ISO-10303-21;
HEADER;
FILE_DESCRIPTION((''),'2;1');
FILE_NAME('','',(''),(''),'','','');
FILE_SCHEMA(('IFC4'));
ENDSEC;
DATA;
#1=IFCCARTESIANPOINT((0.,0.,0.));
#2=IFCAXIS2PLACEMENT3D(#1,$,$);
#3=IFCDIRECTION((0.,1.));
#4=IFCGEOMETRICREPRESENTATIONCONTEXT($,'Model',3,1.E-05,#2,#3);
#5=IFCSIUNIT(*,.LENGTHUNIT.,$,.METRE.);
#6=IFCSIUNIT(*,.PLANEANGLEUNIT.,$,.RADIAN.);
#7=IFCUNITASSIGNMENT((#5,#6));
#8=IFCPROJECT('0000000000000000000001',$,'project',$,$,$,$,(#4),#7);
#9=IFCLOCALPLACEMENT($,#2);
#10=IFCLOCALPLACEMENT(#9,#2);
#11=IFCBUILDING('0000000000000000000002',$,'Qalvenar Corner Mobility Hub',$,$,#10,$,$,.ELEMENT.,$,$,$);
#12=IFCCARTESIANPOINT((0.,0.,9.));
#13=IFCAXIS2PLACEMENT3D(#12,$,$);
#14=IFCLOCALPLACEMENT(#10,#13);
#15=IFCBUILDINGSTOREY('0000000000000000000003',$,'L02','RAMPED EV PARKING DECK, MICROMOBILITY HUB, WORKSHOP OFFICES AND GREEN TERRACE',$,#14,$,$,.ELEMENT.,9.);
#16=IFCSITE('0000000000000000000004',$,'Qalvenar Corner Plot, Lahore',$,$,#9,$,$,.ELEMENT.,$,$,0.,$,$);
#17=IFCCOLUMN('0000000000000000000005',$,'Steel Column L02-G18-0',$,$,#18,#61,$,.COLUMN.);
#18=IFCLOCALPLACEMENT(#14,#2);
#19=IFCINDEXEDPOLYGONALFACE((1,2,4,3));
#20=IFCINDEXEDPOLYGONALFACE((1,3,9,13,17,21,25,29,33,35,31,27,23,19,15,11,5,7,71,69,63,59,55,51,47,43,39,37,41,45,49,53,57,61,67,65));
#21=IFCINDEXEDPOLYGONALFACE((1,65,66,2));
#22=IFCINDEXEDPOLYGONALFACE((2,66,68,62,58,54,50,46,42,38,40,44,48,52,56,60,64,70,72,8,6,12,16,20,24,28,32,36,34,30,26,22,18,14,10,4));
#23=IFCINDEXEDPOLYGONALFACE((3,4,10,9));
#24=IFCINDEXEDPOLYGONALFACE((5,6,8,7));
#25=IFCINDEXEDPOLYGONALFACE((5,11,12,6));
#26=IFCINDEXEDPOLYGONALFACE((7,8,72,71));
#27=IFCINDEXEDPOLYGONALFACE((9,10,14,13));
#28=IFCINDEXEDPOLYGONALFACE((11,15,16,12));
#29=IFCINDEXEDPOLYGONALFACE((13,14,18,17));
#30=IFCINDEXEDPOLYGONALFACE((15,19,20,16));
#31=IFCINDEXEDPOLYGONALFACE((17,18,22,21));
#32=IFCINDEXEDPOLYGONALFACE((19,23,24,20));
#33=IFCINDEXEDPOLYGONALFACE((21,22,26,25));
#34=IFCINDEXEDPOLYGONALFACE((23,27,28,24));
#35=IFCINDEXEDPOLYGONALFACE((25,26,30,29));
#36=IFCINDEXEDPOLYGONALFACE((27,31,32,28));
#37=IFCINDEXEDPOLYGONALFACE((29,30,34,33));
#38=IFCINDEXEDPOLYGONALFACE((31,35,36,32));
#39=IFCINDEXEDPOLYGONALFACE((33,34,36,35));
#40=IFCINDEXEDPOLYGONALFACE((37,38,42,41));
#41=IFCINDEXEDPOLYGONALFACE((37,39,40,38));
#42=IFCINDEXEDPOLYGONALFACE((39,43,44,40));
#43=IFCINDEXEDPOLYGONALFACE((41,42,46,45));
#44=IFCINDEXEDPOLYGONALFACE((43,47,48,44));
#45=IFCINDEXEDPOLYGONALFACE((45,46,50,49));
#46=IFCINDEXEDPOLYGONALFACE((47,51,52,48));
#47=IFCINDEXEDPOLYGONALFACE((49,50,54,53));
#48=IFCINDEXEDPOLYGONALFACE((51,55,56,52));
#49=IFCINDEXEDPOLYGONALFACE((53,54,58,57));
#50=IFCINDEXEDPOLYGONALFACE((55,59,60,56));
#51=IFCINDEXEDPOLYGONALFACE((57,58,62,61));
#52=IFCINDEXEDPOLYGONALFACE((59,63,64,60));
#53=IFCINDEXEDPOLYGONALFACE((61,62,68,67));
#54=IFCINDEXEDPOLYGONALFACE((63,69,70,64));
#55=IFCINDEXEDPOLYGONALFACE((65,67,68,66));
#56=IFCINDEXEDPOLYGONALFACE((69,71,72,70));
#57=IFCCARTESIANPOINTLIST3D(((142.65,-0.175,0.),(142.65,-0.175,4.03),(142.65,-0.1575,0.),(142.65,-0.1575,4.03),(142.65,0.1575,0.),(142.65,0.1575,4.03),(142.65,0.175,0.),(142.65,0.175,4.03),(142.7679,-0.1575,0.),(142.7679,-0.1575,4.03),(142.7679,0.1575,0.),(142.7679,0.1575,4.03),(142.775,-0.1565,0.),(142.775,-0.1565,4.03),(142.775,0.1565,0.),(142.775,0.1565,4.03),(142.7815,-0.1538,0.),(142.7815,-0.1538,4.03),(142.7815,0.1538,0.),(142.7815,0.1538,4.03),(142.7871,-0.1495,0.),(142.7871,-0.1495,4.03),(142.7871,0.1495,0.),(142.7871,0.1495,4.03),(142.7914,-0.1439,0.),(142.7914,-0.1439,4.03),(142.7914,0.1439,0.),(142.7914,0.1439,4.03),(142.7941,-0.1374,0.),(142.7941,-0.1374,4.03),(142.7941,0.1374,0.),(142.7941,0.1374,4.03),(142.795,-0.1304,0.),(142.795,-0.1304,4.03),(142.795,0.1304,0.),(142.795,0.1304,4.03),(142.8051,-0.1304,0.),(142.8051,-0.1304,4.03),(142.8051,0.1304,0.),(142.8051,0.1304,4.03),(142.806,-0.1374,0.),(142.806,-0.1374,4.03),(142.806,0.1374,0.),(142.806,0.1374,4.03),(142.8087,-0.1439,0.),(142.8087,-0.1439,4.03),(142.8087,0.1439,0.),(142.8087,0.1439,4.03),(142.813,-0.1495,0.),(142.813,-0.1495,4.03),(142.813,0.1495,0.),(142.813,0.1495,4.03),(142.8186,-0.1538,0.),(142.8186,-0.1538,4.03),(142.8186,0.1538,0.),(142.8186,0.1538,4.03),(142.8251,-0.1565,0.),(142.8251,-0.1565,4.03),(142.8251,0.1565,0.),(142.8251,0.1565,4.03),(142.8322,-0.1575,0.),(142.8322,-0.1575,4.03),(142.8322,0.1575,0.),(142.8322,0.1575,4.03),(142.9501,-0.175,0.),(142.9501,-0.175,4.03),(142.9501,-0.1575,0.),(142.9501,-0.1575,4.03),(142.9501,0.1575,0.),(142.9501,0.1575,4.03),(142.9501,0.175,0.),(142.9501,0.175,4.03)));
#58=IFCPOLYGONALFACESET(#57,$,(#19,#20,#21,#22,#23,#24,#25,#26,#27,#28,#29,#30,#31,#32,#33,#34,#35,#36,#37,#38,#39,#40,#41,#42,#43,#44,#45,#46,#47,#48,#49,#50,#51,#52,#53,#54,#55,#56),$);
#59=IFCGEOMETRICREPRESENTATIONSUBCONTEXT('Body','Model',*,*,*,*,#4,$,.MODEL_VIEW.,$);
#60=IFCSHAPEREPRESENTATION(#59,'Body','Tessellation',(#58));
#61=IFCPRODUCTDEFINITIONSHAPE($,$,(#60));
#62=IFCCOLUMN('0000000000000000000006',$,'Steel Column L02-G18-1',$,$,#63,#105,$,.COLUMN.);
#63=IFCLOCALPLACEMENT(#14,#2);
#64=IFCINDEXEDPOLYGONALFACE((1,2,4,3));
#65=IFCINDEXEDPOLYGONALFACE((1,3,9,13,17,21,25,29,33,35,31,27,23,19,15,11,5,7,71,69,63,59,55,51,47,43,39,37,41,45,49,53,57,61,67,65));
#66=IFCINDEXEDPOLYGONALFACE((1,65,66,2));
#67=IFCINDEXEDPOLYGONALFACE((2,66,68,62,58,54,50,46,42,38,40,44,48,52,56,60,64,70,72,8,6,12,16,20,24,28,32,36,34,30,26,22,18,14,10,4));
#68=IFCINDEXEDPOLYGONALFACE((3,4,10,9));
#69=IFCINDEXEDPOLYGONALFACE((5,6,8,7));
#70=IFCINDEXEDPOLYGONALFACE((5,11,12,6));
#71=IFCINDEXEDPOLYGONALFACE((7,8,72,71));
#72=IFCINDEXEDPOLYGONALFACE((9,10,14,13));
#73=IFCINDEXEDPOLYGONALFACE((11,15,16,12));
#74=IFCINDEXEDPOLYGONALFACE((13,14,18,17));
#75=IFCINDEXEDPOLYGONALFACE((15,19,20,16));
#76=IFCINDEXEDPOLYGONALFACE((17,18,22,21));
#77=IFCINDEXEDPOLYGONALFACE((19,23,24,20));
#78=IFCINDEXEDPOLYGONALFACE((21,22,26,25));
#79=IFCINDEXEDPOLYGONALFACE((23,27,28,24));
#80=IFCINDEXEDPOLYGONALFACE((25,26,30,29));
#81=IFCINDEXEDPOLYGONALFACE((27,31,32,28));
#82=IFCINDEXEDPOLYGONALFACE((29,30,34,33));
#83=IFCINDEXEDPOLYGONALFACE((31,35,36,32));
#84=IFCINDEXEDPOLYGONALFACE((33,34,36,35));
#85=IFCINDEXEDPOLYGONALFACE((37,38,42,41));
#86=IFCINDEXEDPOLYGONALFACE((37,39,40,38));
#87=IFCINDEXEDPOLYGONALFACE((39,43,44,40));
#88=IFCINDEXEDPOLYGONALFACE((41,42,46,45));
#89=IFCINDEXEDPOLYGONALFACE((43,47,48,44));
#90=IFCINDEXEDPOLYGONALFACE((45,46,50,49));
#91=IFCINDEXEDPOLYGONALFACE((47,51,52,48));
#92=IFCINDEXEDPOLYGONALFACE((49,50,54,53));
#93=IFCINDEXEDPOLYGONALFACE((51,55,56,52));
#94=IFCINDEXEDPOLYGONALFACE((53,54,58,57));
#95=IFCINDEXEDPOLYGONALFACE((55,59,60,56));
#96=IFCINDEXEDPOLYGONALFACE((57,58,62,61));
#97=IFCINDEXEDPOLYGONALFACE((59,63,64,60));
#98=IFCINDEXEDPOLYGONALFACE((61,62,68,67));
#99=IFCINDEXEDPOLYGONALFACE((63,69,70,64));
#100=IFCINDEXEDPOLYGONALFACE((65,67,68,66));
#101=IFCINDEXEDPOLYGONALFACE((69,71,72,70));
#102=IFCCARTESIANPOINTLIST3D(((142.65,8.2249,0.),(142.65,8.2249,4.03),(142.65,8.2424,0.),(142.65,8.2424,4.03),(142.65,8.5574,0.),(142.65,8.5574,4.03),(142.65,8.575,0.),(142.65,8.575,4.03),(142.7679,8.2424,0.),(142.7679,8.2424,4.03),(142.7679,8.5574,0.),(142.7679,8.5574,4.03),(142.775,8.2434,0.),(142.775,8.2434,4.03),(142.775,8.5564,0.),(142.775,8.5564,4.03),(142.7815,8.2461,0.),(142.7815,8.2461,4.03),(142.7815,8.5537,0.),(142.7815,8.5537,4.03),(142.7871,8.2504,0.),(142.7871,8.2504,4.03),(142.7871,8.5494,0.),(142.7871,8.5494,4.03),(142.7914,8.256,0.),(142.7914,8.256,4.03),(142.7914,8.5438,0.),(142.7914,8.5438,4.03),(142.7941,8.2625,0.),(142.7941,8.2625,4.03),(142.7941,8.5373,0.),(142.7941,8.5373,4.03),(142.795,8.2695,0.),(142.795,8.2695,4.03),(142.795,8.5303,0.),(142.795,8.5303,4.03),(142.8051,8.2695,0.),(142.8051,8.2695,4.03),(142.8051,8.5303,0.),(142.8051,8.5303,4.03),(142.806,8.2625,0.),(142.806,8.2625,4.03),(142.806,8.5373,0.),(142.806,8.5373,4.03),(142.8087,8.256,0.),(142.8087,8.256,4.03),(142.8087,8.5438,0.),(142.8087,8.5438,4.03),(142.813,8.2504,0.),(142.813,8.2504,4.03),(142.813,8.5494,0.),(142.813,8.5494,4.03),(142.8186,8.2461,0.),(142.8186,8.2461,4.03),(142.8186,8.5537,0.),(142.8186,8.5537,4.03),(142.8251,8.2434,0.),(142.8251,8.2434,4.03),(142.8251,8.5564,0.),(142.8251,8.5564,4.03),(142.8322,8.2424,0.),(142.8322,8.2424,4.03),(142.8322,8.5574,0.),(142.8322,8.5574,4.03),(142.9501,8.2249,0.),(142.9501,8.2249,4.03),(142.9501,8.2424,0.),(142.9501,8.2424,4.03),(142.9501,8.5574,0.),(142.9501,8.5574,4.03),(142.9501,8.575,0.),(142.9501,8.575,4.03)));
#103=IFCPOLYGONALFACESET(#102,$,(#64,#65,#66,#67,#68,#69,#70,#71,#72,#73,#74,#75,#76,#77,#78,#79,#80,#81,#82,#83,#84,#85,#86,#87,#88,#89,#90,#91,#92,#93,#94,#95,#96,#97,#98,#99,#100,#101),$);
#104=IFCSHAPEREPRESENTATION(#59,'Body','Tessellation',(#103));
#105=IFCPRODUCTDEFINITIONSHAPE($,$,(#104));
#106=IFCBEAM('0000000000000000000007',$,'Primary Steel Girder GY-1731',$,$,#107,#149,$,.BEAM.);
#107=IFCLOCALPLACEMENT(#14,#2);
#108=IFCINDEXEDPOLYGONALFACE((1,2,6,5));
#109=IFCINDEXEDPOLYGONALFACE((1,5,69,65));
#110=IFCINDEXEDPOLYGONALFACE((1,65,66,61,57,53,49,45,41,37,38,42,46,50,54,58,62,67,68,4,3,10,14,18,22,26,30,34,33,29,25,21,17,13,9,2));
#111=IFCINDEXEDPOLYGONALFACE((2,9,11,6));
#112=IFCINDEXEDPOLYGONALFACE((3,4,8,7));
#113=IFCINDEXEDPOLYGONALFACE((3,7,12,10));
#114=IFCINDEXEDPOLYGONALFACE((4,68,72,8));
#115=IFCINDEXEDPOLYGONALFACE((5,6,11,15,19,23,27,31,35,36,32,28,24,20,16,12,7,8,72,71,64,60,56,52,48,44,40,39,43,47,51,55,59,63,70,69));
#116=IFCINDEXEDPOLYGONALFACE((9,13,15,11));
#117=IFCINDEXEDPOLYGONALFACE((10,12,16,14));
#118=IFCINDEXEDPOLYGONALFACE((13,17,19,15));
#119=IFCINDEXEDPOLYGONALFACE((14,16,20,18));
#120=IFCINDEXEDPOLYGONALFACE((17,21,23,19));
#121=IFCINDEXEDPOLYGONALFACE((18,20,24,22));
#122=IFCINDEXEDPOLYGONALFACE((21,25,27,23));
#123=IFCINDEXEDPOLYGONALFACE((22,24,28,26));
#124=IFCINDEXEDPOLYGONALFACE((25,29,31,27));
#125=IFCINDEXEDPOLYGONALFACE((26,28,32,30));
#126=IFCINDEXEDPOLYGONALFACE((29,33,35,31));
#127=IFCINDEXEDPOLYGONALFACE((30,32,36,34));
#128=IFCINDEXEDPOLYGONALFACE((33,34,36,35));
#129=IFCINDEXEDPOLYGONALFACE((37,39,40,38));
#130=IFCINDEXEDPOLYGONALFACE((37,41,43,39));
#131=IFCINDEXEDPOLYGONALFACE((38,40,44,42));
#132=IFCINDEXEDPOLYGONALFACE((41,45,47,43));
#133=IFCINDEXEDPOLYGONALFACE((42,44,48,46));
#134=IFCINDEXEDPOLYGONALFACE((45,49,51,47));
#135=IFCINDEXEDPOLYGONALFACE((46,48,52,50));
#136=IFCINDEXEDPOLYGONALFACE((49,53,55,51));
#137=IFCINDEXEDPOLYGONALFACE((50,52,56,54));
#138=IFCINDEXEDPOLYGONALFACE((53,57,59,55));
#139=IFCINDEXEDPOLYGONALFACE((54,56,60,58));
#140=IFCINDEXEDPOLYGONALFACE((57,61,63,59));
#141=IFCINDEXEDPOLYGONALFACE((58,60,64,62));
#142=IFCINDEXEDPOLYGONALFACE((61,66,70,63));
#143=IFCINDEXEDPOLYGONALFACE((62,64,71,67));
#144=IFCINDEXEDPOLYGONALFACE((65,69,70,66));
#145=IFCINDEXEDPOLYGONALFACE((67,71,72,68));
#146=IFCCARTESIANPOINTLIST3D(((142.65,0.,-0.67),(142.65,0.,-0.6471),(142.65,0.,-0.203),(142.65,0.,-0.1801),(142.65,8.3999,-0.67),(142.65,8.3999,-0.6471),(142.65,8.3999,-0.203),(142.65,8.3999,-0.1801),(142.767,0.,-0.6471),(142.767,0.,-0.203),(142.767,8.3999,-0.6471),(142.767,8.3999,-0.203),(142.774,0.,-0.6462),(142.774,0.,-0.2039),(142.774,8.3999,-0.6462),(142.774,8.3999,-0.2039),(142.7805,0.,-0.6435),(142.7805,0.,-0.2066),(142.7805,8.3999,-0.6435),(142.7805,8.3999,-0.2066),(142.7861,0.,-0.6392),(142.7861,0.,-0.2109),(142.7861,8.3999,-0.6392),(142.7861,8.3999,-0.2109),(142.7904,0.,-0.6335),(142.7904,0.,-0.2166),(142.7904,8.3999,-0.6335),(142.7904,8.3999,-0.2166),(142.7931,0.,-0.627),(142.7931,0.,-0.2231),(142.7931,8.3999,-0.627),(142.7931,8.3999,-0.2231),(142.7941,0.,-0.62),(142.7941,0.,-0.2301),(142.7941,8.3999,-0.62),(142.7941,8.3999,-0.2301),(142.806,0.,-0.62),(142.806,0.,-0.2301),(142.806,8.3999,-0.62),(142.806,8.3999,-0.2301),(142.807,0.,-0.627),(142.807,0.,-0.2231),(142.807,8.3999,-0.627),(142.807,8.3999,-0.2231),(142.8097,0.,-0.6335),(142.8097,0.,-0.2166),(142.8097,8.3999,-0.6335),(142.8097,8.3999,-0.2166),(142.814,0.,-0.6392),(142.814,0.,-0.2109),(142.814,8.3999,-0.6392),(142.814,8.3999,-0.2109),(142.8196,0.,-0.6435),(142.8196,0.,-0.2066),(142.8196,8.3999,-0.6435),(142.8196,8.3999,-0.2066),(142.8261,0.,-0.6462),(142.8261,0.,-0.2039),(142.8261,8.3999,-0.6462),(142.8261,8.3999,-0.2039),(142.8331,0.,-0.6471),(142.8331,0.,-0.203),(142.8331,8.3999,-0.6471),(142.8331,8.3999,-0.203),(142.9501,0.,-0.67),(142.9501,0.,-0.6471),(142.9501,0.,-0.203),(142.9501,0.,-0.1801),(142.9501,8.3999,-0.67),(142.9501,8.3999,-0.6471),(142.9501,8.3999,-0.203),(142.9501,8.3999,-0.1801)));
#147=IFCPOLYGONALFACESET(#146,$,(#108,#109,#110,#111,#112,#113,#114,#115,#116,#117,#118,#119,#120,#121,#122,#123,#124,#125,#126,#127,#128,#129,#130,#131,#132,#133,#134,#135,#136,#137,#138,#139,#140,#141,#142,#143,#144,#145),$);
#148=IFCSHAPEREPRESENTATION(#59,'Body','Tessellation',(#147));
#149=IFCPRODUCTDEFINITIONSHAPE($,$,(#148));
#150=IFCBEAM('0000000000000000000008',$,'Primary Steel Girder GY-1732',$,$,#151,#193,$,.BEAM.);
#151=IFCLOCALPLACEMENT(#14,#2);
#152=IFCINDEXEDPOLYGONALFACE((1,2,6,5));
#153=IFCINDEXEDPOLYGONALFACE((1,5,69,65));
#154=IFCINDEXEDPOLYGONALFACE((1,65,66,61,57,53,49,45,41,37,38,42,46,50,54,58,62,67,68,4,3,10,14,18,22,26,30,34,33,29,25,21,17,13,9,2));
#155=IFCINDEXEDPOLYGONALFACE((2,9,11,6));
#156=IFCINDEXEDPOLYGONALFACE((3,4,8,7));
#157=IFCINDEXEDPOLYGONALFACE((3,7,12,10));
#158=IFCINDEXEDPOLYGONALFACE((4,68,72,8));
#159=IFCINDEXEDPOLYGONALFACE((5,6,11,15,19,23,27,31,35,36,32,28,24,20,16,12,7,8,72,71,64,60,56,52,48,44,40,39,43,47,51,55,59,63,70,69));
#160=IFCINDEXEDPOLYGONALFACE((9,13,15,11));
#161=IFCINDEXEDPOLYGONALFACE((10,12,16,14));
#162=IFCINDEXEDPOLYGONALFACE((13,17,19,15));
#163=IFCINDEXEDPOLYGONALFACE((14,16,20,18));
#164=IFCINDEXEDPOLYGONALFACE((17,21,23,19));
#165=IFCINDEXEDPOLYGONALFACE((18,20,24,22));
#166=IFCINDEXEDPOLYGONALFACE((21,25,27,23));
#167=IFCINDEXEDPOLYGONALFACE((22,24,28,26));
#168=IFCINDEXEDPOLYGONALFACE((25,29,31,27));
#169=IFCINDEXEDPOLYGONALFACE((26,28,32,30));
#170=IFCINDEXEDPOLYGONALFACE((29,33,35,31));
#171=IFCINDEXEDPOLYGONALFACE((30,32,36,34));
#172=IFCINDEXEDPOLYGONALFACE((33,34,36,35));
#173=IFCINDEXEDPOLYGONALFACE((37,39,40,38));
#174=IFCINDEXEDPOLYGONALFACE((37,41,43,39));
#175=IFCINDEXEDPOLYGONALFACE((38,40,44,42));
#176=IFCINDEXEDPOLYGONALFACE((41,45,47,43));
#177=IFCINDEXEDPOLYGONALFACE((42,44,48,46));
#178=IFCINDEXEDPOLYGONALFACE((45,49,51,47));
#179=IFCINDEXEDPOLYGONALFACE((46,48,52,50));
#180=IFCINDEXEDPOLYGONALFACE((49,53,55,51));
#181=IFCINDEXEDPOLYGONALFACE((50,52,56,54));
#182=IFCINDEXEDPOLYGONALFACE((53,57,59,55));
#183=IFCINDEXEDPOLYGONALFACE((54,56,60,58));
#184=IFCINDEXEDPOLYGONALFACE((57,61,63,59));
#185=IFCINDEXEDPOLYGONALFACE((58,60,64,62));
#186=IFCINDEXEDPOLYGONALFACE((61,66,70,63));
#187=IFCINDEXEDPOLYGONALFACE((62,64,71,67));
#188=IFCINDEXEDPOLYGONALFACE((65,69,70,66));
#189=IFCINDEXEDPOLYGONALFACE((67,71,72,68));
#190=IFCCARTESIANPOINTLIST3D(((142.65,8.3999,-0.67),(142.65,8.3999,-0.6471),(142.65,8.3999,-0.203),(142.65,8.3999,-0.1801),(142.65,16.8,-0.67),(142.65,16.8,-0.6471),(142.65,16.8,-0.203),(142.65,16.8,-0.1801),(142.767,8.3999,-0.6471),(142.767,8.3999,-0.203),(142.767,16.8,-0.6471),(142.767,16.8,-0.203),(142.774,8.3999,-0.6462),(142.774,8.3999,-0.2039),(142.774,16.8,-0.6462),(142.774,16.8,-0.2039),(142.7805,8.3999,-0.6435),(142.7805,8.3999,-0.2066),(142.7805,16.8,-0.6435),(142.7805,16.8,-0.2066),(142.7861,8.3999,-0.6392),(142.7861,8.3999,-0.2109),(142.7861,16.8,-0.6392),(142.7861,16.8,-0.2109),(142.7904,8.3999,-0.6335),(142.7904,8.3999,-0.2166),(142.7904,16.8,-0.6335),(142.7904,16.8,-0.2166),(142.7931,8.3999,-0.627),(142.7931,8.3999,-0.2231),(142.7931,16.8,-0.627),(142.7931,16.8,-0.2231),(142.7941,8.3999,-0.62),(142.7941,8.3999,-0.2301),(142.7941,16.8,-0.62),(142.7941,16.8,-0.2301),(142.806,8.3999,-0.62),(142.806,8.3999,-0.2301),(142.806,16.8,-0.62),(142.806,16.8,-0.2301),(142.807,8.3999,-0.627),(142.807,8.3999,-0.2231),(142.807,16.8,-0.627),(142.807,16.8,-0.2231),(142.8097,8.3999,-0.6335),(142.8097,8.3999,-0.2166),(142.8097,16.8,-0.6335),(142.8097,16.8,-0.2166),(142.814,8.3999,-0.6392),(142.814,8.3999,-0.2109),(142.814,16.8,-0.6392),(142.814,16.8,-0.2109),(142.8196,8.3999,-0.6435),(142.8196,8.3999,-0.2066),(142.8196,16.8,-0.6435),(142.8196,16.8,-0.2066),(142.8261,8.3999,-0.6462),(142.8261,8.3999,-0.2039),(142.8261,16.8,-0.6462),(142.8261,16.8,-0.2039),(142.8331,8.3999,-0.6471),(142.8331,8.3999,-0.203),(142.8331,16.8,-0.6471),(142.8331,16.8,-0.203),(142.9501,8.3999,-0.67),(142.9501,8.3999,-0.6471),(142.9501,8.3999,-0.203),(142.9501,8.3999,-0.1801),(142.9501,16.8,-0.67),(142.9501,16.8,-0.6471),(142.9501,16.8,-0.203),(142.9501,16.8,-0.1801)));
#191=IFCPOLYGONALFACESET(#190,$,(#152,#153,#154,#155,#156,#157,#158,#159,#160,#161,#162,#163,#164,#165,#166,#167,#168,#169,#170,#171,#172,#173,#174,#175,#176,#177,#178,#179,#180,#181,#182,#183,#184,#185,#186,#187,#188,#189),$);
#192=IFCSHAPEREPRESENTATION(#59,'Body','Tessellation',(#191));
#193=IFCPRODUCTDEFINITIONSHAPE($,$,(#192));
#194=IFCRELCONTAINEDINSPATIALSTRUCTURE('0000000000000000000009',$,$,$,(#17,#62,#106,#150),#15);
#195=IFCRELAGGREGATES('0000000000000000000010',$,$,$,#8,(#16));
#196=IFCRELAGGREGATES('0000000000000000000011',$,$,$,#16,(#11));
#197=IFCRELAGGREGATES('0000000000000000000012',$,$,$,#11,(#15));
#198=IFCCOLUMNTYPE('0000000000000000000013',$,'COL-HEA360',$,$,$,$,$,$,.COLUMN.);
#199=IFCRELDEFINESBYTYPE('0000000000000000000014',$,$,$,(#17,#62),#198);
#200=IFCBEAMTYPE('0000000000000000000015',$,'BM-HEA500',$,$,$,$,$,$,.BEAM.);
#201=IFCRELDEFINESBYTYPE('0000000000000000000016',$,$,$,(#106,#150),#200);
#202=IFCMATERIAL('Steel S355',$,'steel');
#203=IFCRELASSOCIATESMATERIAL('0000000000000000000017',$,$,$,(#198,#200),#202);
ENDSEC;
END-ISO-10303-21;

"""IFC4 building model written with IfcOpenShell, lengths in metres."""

from ifc_helpers import new_model, si_unit, direction, frame, origin, origin_2d, place, context, subcontext, project, spatial, i_section, extrude, material, material_profile, profile_set, type_object, element, save


model = new_model("IFC4")

# Units and contexts
model_context = context("Model", 3, precision=1e-05, world=origin(), true_north=direction((0.0, 1.0)))
body_context = subcontext(model_context, "Body", "Model", "MODEL_VIEW")
ifc_project = project(units=[si_unit("LENGTHUNIT", "METRE"), si_unit("PLANEANGLEUNIT", "RADIAN")], contexts=[model_context])

# Site, building, storey
site_placement = place(None, origin())
site = spatial("IfcSite", under=ifc_project, at=site_placement, Name="Qalvenar Corner Plot, Lahore", CompositionType="ELEMENT", RefElevation=0.0)
building_placement = place(site_placement, origin())
building = spatial("IfcBuilding", under=site, at=building_placement, Name="Qalvenar Corner Mobility Hub", CompositionType="ELEMENT")
storey_placement = place(building_placement, frame((0.0, 0.0, 9.0)))
storey = spatial("IfcBuildingStorey", under=building, at=storey_placement, Name="L02", Description="RAMPED EV PARKING DECK, MICROMOBILITY HUB, WORKSHOP OFFICES AND GREEN TERRACE", CompositionType="ELEMENT", Elevation=9.0)

# Columns
ifc_material_1 = material(Name="Steel S355", Category="steel")
ifc_material_profile_1 = material_profile(ifc_material_1, i_section(OverallWidth=0.3, OverallDepth=0.3501, WebThickness=0.01, FlangeThickness=0.0176, FilletRadius=0.0271, at=origin_2d()), Name="HEA360")
ifc_profile_set_1 = profile_set([ifc_material_profile_1], Name="Steel S355")
column_type = type_object("IfcColumnType", Name="COL-HEA360", PredefinedType="COLUMN", material=ifc_profile_set_1)
for number, where, z_axis, x_axis, name in (
    (1, (142.8, 0.0, 0.0), (0.0, 0.0, 1.0), (1.0, 0.0, 0.0), "Steel Column L02-G18-0"),
    (2, (142.8, 8.3999, 0.0), (0.0, 0.0, 1.0), (1.0, 0.0, 0.0), "Steel Column L02-G18-1"),
):
    element("IfcColumn", number, at=place(storey_placement, frame(where, z_axis=z_axis, x_axis=x_axis)), inside=storey, type_object=column_type, Name=name, PredefinedType="COLUMN", context=body_context, shape_type="SweptSolid", body=[
        extrude(i_section(OverallWidth=0.3, OverallDepth=0.3501, WebThickness=0.01, FlangeThickness=0.0176, FilletRadius=0.0271, at=origin_2d()), origin(), (0.0, 0.0, 1.0), 4.03),
    ])

# Beams
ifc_material_profile_2 = material_profile(ifc_material_1, i_section(OverallWidth=0.3, OverallDepth=0.49, WebThickness=0.012, FlangeThickness=0.0229, FilletRadius=0.0271, at=origin_2d()), Name="HEA500")
ifc_profile_set_2 = profile_set([ifc_material_profile_2], Name="Steel S355")
beam_type_1 = type_object("IfcBeamType", Name="BM-HEA500", PredefinedType="BEAM", material=ifc_profile_set_2)
beam_1_placement = place(storey_placement, frame((142.8, 0.0, -0.425), z_axis=(0.0, 1.0, 0.0), x_axis=(-1.0, 0.0, 0.0)))
element("IfcBeam", 3, at=beam_1_placement, inside=storey, type_object=beam_type_1, Name="Primary Steel Girder GY-1731", PredefinedType="BEAM", context=body_context, shape_type="SweptSolid", body=[
    extrude(i_section(OverallWidth=0.3, OverallDepth=0.49, WebThickness=0.012, FlangeThickness=0.0229, FilletRadius=0.0271, at=origin_2d()), origin(), (0.0, 0.0, 1.0), 8.3999),
])
beam_2_placement = place(storey_placement, frame((142.8, 8.3999, -0.425), z_axis=(0.0, 1.0, 0.0), x_axis=(-1.0, 0.0, 0.0)))
element("IfcBeam", 4, at=beam_2_placement, inside=storey, type_object=beam_type_1, Name="Primary Steel Girder GY-1732", PredefinedType="BEAM", context=body_context, shape_type="SweptSolid", body=[
    extrude(i_section(OverallWidth=0.3, OverallDepth=0.49, WebThickness=0.012, FlangeThickness=0.0229, FilletRadius=0.0271, at=origin_2d()), origin(), (0.0, 0.0, 1.0), 8.4001),
])

save(model, "model.ifc")
